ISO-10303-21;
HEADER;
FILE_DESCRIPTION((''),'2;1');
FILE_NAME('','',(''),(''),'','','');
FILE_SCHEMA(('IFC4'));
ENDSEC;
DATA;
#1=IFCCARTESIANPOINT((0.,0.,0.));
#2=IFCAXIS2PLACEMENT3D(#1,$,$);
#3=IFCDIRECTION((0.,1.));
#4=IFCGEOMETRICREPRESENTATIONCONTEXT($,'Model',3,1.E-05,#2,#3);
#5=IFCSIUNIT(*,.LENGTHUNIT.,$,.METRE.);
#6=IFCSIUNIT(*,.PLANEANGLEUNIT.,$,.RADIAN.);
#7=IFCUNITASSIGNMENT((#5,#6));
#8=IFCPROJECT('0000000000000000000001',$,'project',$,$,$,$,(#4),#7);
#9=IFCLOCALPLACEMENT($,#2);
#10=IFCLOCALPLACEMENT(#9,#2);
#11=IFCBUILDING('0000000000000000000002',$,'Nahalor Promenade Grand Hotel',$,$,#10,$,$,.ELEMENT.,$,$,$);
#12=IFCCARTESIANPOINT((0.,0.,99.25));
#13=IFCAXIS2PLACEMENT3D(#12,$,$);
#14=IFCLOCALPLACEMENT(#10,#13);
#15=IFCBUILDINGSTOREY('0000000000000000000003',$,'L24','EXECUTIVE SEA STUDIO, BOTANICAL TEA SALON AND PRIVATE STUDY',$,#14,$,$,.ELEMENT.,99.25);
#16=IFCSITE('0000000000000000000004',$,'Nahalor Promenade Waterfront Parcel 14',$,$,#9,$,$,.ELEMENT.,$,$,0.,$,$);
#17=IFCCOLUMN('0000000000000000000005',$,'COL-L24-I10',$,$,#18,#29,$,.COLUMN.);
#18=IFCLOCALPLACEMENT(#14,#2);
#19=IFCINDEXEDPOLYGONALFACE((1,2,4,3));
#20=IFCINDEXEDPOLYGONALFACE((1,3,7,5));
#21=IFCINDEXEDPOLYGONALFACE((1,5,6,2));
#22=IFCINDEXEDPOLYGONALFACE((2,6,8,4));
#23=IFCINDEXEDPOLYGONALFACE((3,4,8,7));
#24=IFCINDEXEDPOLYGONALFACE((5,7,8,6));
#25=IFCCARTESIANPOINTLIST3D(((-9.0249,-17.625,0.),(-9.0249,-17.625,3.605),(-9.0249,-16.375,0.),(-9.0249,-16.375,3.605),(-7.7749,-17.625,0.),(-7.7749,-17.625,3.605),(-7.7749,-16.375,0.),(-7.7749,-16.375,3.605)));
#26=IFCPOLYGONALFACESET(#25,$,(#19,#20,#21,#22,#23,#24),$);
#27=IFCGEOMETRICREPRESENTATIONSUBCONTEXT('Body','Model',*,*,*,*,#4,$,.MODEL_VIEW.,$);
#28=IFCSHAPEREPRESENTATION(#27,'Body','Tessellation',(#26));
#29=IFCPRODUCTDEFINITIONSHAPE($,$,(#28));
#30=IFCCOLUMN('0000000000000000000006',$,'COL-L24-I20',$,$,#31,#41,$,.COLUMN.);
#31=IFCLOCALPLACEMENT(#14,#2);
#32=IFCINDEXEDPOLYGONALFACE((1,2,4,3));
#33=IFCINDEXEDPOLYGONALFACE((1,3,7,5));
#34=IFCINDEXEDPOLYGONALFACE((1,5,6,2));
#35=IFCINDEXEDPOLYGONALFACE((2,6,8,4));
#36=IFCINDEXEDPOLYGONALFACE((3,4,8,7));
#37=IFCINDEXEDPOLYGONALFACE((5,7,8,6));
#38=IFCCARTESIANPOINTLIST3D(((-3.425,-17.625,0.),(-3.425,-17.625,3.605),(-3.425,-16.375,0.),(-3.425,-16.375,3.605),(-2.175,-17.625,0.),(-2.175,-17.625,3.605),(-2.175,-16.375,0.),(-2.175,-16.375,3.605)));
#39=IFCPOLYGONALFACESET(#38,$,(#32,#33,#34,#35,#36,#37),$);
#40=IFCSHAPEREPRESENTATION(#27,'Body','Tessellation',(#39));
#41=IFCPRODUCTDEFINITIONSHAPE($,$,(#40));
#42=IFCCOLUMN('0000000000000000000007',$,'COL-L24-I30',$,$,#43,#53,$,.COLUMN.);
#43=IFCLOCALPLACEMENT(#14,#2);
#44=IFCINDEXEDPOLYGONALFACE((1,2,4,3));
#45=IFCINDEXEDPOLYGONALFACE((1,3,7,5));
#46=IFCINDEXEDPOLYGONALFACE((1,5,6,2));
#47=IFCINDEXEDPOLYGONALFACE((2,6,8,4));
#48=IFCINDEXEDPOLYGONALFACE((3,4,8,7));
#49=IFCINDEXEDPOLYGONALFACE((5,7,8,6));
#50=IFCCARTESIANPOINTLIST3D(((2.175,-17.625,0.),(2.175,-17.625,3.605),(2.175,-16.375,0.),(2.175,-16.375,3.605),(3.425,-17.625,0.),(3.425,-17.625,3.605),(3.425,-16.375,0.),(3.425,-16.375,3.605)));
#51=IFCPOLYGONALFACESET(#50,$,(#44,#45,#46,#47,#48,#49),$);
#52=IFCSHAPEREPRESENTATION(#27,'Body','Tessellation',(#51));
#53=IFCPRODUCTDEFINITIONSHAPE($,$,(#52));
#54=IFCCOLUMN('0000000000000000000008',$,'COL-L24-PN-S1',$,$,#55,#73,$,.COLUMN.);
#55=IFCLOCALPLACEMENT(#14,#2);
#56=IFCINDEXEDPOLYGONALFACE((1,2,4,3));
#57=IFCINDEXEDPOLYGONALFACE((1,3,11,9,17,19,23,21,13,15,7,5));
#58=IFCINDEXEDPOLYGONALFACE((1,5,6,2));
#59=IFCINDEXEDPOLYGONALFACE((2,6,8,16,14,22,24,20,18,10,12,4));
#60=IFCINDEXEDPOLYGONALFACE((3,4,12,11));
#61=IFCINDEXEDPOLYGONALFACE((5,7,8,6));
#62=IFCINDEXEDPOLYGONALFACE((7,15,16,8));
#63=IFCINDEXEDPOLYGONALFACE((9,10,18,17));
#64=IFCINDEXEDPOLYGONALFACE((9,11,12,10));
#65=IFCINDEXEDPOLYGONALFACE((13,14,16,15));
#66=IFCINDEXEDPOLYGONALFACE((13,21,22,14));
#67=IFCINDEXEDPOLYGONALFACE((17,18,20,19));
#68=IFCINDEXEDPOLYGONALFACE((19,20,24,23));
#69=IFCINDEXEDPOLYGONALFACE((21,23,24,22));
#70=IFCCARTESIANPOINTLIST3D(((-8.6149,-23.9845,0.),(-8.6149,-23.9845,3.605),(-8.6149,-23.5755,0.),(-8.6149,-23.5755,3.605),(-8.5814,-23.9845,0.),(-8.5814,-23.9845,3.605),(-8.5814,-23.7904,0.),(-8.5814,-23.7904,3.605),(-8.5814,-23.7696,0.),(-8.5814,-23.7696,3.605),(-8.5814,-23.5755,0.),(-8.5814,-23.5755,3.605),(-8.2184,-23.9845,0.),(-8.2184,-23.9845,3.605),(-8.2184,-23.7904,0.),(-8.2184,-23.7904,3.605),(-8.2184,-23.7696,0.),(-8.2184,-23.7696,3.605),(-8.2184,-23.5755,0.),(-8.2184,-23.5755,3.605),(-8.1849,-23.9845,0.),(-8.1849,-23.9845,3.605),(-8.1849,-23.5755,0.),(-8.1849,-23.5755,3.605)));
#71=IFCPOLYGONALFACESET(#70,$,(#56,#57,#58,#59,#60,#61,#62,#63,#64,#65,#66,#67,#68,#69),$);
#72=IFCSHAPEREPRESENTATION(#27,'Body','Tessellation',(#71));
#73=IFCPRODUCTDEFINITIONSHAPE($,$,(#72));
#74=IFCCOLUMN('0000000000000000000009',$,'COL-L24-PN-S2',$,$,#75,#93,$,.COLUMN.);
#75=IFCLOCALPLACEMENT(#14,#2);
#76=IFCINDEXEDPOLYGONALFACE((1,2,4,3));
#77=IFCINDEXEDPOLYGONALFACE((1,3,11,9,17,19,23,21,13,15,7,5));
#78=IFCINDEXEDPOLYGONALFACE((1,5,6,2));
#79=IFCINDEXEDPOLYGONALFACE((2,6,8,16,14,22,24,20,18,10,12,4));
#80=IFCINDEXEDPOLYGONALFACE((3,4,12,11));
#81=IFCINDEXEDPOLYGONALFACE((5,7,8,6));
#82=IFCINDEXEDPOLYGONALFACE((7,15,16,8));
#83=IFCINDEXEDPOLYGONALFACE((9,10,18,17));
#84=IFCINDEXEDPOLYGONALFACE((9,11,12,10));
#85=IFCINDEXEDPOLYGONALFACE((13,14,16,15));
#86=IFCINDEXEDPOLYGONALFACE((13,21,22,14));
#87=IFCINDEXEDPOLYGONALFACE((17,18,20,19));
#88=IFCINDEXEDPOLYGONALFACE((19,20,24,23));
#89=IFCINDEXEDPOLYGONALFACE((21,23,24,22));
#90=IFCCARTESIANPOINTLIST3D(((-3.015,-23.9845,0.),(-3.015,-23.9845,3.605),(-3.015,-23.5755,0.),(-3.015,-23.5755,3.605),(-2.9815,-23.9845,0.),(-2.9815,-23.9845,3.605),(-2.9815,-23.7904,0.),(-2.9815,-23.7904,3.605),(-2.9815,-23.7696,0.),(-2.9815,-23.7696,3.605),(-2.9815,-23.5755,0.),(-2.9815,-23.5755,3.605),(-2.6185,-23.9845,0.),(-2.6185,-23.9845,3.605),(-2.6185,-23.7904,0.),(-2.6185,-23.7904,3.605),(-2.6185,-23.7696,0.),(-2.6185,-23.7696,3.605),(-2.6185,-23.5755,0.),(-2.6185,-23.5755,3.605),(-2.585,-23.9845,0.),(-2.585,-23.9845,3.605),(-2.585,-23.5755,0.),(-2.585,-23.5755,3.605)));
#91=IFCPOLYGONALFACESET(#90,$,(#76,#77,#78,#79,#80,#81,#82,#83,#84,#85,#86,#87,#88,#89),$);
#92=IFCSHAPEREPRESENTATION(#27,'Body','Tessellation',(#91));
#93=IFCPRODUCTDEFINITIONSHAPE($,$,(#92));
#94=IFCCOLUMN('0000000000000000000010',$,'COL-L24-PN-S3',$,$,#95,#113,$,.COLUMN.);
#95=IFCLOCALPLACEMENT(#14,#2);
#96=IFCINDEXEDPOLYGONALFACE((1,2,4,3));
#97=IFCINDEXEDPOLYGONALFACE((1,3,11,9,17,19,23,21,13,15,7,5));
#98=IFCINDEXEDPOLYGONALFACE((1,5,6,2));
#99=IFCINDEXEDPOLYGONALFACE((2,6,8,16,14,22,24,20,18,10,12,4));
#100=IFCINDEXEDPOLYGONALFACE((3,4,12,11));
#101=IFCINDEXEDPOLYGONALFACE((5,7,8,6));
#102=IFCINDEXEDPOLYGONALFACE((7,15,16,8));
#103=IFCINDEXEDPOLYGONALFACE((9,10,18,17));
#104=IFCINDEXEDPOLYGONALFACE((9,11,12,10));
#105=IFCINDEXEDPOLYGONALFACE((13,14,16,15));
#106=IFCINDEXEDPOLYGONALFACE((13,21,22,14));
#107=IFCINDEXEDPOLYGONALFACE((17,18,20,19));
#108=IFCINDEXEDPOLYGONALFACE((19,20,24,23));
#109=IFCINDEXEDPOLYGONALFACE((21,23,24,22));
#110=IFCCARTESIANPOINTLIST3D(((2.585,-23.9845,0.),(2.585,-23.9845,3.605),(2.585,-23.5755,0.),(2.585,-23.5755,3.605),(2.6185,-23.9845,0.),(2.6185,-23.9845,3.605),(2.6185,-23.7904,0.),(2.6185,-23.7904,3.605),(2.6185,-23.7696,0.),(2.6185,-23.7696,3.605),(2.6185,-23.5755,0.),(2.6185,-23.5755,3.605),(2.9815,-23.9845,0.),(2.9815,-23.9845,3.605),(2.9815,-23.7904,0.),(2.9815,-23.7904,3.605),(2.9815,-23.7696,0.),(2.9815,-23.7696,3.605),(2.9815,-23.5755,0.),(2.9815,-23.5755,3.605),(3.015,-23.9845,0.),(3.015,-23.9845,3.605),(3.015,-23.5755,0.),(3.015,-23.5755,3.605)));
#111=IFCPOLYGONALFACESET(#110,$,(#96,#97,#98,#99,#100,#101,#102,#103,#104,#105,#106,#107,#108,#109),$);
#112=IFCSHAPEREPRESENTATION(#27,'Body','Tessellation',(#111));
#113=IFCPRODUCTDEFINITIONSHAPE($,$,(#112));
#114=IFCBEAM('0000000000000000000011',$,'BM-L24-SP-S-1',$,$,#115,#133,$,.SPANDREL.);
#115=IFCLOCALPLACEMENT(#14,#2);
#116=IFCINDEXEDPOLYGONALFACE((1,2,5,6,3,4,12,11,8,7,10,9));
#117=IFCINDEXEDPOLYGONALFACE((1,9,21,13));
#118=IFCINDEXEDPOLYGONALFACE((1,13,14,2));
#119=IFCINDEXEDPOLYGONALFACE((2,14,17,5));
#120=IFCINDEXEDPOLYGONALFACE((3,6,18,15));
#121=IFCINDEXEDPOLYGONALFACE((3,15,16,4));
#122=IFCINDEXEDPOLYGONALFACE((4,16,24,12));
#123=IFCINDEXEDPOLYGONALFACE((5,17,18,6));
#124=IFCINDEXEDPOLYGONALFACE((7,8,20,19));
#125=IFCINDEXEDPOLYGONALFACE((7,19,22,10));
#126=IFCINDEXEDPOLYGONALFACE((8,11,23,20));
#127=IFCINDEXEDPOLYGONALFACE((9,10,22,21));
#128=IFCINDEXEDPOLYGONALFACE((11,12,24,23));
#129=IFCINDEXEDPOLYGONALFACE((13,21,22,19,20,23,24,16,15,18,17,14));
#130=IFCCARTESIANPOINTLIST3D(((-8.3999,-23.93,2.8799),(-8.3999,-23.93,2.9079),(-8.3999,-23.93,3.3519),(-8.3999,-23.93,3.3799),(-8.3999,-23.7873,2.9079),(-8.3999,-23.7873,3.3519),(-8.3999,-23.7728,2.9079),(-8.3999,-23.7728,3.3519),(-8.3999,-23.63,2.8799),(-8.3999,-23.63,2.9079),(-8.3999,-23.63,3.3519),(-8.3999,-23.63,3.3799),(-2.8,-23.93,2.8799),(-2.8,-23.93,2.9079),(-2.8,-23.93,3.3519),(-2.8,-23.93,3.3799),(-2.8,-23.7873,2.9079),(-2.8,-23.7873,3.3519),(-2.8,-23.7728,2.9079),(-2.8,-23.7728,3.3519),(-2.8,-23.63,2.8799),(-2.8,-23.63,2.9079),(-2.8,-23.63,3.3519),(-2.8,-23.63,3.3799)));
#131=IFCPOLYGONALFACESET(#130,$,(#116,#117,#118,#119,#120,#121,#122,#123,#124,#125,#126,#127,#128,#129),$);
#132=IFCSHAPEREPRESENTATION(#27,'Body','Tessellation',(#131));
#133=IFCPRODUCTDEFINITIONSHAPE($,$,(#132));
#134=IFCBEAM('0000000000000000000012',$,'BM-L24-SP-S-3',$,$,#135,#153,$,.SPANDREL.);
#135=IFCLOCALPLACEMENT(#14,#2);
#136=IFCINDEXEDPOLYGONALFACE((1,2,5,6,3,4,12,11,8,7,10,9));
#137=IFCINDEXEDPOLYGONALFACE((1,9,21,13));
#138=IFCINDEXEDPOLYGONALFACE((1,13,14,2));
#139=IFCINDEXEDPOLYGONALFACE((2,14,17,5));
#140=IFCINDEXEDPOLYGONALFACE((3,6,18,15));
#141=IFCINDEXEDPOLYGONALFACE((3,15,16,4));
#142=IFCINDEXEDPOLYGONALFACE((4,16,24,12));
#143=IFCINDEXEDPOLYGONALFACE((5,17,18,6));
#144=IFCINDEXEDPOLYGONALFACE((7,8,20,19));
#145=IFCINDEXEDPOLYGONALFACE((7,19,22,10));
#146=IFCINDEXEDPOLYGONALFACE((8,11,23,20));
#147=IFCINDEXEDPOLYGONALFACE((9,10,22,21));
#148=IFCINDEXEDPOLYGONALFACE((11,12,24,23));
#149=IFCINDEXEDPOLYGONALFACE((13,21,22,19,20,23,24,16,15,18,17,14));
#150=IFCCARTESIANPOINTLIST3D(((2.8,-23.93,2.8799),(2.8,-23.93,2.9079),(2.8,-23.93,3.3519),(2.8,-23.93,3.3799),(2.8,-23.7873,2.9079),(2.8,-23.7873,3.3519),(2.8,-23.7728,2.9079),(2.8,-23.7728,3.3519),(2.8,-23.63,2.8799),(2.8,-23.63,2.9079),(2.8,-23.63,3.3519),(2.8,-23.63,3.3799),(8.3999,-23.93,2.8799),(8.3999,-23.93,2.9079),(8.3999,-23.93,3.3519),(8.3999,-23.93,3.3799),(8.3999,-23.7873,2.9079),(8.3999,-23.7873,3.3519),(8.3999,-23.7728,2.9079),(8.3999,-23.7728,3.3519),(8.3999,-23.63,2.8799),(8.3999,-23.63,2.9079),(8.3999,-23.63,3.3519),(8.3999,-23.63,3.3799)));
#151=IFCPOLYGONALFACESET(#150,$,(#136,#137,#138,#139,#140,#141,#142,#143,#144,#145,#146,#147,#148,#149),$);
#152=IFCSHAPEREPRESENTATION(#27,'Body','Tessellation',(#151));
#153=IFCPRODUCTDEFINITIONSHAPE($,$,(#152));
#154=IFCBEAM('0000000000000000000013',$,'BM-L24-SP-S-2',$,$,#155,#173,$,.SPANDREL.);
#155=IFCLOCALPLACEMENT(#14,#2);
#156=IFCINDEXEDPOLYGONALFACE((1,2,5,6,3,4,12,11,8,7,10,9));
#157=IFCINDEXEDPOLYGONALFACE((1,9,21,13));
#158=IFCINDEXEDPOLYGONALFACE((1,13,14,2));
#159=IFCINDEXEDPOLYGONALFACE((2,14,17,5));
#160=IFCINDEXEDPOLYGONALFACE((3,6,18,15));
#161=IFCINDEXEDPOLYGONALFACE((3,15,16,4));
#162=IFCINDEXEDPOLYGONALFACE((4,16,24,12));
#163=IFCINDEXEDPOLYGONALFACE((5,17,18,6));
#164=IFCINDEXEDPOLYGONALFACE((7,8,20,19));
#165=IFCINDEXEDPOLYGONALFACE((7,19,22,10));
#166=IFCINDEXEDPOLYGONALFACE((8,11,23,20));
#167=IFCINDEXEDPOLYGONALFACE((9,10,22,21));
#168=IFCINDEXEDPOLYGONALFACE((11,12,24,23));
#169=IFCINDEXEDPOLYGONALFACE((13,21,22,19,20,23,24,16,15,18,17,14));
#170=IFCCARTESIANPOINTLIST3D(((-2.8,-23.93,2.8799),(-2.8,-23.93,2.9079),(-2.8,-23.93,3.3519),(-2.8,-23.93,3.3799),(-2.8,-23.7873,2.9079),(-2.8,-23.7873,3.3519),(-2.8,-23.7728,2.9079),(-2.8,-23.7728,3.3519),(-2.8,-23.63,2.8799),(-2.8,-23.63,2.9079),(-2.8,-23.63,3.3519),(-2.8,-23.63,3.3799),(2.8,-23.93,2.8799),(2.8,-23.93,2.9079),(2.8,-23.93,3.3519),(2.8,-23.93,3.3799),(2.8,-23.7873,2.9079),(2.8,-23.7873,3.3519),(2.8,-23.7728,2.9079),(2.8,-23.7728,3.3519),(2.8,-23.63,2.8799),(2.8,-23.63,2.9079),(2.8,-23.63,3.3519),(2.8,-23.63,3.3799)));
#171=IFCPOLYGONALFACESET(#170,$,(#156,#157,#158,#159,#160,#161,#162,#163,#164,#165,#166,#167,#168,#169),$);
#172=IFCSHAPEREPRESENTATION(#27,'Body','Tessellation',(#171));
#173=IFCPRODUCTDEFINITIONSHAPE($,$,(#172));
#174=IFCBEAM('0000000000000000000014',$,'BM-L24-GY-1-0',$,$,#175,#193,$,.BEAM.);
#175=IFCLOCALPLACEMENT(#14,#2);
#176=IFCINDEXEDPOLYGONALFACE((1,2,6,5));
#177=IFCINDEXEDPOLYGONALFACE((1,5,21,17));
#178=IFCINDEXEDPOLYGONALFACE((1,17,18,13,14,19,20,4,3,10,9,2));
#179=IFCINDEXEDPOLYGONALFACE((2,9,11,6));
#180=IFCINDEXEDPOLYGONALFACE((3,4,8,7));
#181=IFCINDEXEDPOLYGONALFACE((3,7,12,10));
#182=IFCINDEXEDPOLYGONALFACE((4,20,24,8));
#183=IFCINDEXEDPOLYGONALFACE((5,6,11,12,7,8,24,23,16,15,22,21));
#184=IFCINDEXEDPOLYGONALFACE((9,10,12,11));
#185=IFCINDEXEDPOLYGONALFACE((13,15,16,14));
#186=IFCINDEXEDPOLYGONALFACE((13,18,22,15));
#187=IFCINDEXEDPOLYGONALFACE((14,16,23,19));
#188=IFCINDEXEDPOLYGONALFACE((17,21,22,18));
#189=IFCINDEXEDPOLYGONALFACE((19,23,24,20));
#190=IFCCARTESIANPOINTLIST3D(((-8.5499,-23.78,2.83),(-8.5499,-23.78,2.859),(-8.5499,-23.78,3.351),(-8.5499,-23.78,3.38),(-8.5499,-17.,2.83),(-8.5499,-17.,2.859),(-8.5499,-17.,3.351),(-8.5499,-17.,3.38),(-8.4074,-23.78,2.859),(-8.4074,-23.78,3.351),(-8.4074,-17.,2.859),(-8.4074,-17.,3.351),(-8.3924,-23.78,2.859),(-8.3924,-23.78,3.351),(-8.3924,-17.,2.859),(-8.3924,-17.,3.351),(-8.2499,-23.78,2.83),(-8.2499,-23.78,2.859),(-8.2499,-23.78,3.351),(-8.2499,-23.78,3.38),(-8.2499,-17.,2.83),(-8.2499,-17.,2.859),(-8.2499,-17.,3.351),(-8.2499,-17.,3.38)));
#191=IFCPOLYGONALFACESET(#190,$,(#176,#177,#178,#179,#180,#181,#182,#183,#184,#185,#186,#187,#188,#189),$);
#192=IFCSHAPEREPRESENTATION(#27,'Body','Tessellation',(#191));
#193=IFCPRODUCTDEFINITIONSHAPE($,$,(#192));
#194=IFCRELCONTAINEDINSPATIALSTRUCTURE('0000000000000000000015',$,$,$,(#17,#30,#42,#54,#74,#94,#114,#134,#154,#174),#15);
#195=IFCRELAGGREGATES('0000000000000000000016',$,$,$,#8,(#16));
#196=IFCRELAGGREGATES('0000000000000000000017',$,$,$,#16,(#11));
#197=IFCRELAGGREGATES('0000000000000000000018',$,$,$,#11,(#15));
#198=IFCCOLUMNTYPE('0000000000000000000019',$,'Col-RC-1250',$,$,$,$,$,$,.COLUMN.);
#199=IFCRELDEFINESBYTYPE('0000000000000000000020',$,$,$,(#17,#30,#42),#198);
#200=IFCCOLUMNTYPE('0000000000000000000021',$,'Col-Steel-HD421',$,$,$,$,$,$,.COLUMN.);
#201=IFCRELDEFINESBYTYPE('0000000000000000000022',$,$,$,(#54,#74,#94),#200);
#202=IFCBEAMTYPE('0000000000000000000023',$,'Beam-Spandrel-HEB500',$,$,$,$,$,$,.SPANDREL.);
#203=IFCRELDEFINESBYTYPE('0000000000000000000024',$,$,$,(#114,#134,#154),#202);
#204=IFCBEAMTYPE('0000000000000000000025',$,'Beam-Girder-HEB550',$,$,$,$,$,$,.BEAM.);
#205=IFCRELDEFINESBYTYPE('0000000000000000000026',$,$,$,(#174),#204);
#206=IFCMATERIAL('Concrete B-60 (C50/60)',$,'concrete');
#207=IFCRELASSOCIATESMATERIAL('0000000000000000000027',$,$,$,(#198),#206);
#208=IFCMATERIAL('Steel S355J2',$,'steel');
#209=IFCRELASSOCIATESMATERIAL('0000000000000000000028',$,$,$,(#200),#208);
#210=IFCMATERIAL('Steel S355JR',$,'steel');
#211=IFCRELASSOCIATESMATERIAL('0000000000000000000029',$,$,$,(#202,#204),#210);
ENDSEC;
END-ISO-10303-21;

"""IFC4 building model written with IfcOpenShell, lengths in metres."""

from ifc_helpers import new_model, si_unit, direction, frame, origin, origin_2d, place, context, subcontext, project, spatial, rectangle, i_section, extrude, source, transform, mapped, material, material_profile, profile_set, type_object, element, save


model = new_model("IFC4")

# Units and contexts
model_context = context("Model", 3, precision=1e-05, world=origin(), true_north=direction((0.0, 1.0)))
body_context = subcontext(model_context, "Body", "Model", "MODEL_VIEW")
ifc_project = project(units=[si_unit("LENGTHUNIT", "METRE"), si_unit("PLANEANGLEUNIT", "RADIAN")], contexts=[model_context])

# Site, building, storey
site_placement = place(None, origin())
site = spatial("IfcSite", under=ifc_project, at=site_placement, Name="Nahalor Promenade Waterfront Parcel 14", CompositionType="ELEMENT", RefElevation=0.0)
building_placement = place(site_placement, origin())
building = spatial("IfcBuilding", under=site, at=building_placement, Name="Nahalor Promenade Grand Hotel", CompositionType="ELEMENT")
storey_placement = place(building_placement, frame((0.0, 0.0, 99.25)))
storey = spatial("IfcBuildingStorey", under=building, at=storey_placement, Name="L24", Description="EXECUTIVE SEA STUDIO, BOTANICAL TEA SALON AND PRIVATE STUDY", CompositionType="ELEMENT", Elevation=99.25)

# Columns
ifc_material_1 = material(Name="Concrete B-60 (C50/60)", Category="concrete")
ifc_material_profile_1 = material_profile(ifc_material_1, rectangle(XDim=1.25, YDim=1.25, at=origin_2d()), Name="RC 1250x1250")
ifc_profile_set_1 = profile_set([ifc_material_profile_1], Name="Concrete B-60 (C50/60)")
column_type_1 = type_object("IfcColumnType", Name="Col-RC-1250", PredefinedType="COLUMN", material=ifc_profile_set_1)
shared_shape_1 = source(origin(), body_context, "Body", "SweptSolid", [
    extrude(rectangle(XDim=1.25, YDim=1.25, at=origin_2d()), origin(), (0.0, 0.0, 1.0), 3.605),
])
for number, where, z_axis, x_axis, name in (
    (1, (-8.3999, -17.0, 0.0), (0.0, 0.0, 1.0), (1.0, 0.0, 0.0), "COL-L24-I10"),
    (2, (-2.8, -17.0, 0.0), (0.0, 0.0, 1.0), (1.0, 0.0, 0.0), "COL-L24-I20"),
    (3, (2.8, -17.0, 0.0), (0.0, 0.0, 1.0), (1.0, 0.0, 0.0), "COL-L24-I30"),
):
    element("IfcColumn", number, at=place(storey_placement, frame(where, z_axis=z_axis, x_axis=x_axis)), inside=storey, type_object=column_type_1, Name=name, PredefinedType="COLUMN", context=body_context, shape_type="MappedRepresentation", body=[
        mapped(shared_shape_1, transform((0.0, 0.0, 0.0), scale=1.0)),
    ])
ifc_material_2 = material(Name="Steel S355J2", Category="steel")
ifc_material_profile_2 = material_profile(ifc_material_2, i_section(OverallWidth=0.409, OverallDepth=0.43, WebThickness=0.0208, FlangeThickness=0.0335, at=origin_2d()), Name="HD 400x421")
ifc_profile_set_2 = profile_set([ifc_material_profile_2], Name="Steel S355J2")
column_type_2 = type_object("IfcColumnType", Name="Col-Steel-HD421", PredefinedType="COLUMN", material=ifc_profile_set_2)
shared_shape_2 = source(origin(), body_context, "Body", "SweptSolid", [
    extrude(i_section(OverallWidth=0.409, OverallDepth=0.43, WebThickness=0.0208, FlangeThickness=0.0335, at=origin_2d()), origin(), (0.0, 0.0, 1.0), 3.605),
])
for number, where, z_axis, x_axis, name in (
    (4, (-8.3999, -23.78, 0.0), (0.0, 0.0, 1.0), (0.0, 1.0, 0.0), "COL-L24-PN-S1"),
    (5, (-2.8, -23.78, 0.0), (0.0, 0.0, 1.0), (0.0, 1.0, 0.0), "COL-L24-PN-S2"),
    (6, (2.8, -23.78, 0.0), (0.0, 0.0, 1.0), (0.0, 1.0, 0.0), "COL-L24-PN-S3"),
):
    element("IfcColumn", number, at=place(storey_placement, frame(where, z_axis=z_axis, x_axis=x_axis)), inside=storey, type_object=column_type_2, Name=name, PredefinedType="COLUMN", context=body_context, shape_type="MappedRepresentation", body=[
        mapped(shared_shape_2, transform((0.0, 0.0, 0.0), scale=1.0)),
    ])

# Beams
ifc_material_3 = material(Name="Steel S355JR", Category="steel")
ifc_material_profile_3 = material_profile(ifc_material_3, i_section(OverallWidth=0.3, OverallDepth=0.5, WebThickness=0.0145, FlangeThickness=0.028, at=origin_2d()), Name="HEB 500")
ifc_profile_set_3 = profile_set([ifc_material_profile_3], Name="Steel S355JR")
beam_type_1 = type_object("IfcBeamType", Name="Beam-Spandrel-HEB500", PredefinedType="SPANDREL", material=ifc_profile_set_3)
shared_shape_3 = source(origin(), body_context, "Body", "SweptSolid", [
    extrude(i_section(OverallWidth=0.3, OverallDepth=0.5, WebThickness=0.0145, FlangeThickness=0.028, at=origin_2d()), origin(), (0.0, 0.0, 1.0), 5.5999),
])
for number, where, z_axis, x_axis, name in (
    (7, (-8.3999, -23.78, 3.1299), (1.0, 0.0, 0.0), (0.0, 1.0, 0.0), "BM-L24-SP-S-1"),
    (8, (2.8, -23.78, 3.1299), (1.0, 0.0, 0.0), (0.0, 1.0, 0.0), "BM-L24-SP-S-3"),
):
    element("IfcBeam", number, at=place(storey_placement, frame(where, z_axis=z_axis, x_axis=x_axis)), inside=storey, type_object=beam_type_1, Name=name, PredefinedType="SPANDREL", context=body_context, shape_type="MappedRepresentation", body=[
        mapped(shared_shape_3, transform((0.0, 0.0, 0.0), scale=1.0)),
    ])
shared_shape_4 = source(origin(), body_context, "Body", "SweptSolid", [
    extrude(i_section(OverallWidth=0.3, OverallDepth=0.5, WebThickness=0.0145, FlangeThickness=0.028, at=origin_2d()), origin(), (0.0, 0.0, 1.0), 5.6001),
])
beam_1_placement = place(storey_placement, frame((-2.8, -23.78, 3.1299), z_axis=(1.0, 0.0, 0.0), x_axis=(0.0, 1.0, 0.0)))
element("IfcBeam", 9, at=beam_1_placement, inside=storey, type_object=beam_type_1, Name="BM-L24-SP-S-2", PredefinedType="SPANDREL", context=body_context, shape_type="MappedRepresentation", body=[
    mapped(shared_shape_4, transform((0.0, 0.0, 0.0), scale=1.0)),
])
ifc_material_profile_4 = material_profile(ifc_material_3, i_section(OverallWidth=0.3, OverallDepth=0.55, WebThickness=0.015, FlangeThickness=0.029, at=origin_2d()), Name="HEB 550")
ifc_profile_set_4 = profile_set([ifc_material_profile_4], Name="Steel S355JR")
beam_type_2 = type_object("IfcBeamType", Name="Beam-Girder-HEB550", PredefinedType="BEAM", material=ifc_profile_set_4)
shared_shape_5 = source(origin(), body_context, "Body", "SweptSolid", [
    extrude(i_section(OverallWidth=0.3, OverallDepth=0.55, WebThickness=0.015, FlangeThickness=0.029, at=origin_2d()), origin(), (0.0, 0.0, 1.0), 6.78),
])
for number, where, z_axis, x_axis, name in (
    (10, (-8.3999, -23.78, 3.105), (0.0, 1.0, 0.0), (-1.0, 0.0, 0.0), "BM-L24-GY-1-0"),
):
    element("IfcBeam", number, at=place(storey_placement, frame(where, z_axis=z_axis, x_axis=x_axis)), inside=storey, type_object=beam_type_2, Name=name, PredefinedType="BEAM", context=body_context, shape_type="MappedRepresentation", body=[
        mapped(shared_shape_5, transform((0.0, 0.0, 0.0), scale=1.0)),
    ])

save(model, "model.ifc")
